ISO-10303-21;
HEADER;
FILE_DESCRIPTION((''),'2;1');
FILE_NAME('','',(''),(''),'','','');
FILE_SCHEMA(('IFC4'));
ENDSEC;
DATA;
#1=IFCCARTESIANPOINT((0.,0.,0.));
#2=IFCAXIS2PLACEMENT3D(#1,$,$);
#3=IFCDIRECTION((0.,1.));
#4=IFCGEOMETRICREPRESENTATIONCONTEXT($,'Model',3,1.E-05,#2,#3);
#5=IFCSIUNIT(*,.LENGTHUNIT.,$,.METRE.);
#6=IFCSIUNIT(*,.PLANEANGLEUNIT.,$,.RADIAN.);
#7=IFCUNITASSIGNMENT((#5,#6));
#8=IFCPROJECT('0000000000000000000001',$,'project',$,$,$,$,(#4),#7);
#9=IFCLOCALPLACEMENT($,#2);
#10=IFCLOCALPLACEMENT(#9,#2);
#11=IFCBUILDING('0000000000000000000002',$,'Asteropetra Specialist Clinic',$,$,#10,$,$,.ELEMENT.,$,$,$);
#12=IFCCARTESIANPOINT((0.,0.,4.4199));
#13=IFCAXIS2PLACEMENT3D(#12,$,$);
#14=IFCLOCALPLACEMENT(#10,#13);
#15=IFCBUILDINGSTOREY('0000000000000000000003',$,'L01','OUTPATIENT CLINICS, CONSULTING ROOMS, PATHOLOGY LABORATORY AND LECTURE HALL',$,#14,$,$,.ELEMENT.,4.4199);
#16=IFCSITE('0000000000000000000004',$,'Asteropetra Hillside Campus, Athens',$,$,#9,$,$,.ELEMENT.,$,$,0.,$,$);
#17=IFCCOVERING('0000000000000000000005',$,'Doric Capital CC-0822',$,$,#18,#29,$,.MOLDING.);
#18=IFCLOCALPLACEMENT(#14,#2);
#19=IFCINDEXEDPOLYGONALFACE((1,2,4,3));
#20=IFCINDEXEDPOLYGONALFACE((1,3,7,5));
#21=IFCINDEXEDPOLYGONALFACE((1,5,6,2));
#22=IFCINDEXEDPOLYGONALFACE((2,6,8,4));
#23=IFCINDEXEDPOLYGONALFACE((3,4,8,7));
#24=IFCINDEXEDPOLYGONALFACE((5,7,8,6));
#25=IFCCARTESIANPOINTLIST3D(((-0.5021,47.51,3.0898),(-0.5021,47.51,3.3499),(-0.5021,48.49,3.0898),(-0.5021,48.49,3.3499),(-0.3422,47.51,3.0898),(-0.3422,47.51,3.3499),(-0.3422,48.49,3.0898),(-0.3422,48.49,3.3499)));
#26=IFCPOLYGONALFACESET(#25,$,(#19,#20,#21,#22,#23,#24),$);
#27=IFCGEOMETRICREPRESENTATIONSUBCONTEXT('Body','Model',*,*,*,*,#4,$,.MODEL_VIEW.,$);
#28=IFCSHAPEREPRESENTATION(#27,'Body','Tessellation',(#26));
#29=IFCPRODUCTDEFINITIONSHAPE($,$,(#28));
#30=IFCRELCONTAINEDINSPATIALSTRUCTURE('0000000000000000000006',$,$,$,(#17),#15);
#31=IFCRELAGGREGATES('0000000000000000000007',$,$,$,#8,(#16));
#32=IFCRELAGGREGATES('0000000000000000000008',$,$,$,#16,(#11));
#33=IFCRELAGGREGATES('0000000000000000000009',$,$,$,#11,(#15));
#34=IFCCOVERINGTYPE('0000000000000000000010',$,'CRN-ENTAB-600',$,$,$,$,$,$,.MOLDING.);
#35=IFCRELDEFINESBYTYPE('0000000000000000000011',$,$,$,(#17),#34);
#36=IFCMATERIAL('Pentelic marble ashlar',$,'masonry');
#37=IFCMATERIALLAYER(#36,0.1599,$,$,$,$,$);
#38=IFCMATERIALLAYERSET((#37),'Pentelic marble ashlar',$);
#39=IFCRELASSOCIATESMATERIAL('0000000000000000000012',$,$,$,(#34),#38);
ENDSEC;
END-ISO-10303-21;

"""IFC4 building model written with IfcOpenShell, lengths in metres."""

from ifc_helpers import new_model, si_unit, direction, frame, origin, origin_2d, place, context, subcontext, project, spatial, rectangle, extrude, material, layer, layer_set, type_object, element, save


model = new_model("IFC4")

# Units and contexts
model_context = context("Model", 3, precision=1e-05, world=origin(), true_north=direction((0.0, 1.0)))
body_context = subcontext(model_context, "Body", "Model", "MODEL_VIEW")
ifc_project = project(units=[si_unit("LENGTHUNIT", "METRE"), si_unit("PLANEANGLEUNIT", "RADIAN")], contexts=[model_context])

# Site, building, storey
site_placement = place(None, origin())
site = spatial("IfcSite", under=ifc_project, at=site_placement, Name="Asteropetra Hillside Campus, Athens", CompositionType="ELEMENT", RefElevation=0.0)
building_placement = place(site_placement, origin())
building = spatial("IfcBuilding", under=site, at=building_placement, Name="Asteropetra Specialist Clinic", CompositionType="ELEMENT")
storey_placement = place(building_placement, frame((0.0, 0.0, 4.4199)))
storey = spatial("IfcBuildingStorey", under=building, at=storey_placement, Name="L01", Description="OUTPATIENT CLINICS, CONSULTING ROOMS, PATHOLOGY LABORATORY AND LECTURE HALL", CompositionType="ELEMENT", Elevation=4.4199)

# Covering
ifc_material_1 = material(Name="Pentelic marble ashlar", Category="masonry")
ifc_layer_1 = layer(ifc_material_1, 0.1599)
ifc_layer_set_1 = layer_set([ifc_layer_1], Name="Pentelic marble ashlar")
covering_type = type_object("IfcCoveringType", Name="CRN-ENTAB-600", PredefinedType="MOLDING", material=ifc_layer_set_1)
for number, where, z_axis, x_axis, name in (
    (1, (-0.4221, 48.0, 3.0898), (0.0, 0.0, 1.0), (1.0, 0.0, 0.0), "Doric Capital CC-0822"),
):
    element("IfcCovering", number, at=place(storey_placement, frame(where, z_axis=z_axis, x_axis=x_axis)), inside=storey, type_object=covering_type, Name=name, PredefinedType="MOLDING", context=body_context, shape_type="SweptSolid", body=[
        extrude(rectangle(XDim=0.1599, YDim=0.98, at=origin_2d()), origin(), (0.0, 0.0, 1.0), 0.26),
    ])

save(model, "model.ifc")
